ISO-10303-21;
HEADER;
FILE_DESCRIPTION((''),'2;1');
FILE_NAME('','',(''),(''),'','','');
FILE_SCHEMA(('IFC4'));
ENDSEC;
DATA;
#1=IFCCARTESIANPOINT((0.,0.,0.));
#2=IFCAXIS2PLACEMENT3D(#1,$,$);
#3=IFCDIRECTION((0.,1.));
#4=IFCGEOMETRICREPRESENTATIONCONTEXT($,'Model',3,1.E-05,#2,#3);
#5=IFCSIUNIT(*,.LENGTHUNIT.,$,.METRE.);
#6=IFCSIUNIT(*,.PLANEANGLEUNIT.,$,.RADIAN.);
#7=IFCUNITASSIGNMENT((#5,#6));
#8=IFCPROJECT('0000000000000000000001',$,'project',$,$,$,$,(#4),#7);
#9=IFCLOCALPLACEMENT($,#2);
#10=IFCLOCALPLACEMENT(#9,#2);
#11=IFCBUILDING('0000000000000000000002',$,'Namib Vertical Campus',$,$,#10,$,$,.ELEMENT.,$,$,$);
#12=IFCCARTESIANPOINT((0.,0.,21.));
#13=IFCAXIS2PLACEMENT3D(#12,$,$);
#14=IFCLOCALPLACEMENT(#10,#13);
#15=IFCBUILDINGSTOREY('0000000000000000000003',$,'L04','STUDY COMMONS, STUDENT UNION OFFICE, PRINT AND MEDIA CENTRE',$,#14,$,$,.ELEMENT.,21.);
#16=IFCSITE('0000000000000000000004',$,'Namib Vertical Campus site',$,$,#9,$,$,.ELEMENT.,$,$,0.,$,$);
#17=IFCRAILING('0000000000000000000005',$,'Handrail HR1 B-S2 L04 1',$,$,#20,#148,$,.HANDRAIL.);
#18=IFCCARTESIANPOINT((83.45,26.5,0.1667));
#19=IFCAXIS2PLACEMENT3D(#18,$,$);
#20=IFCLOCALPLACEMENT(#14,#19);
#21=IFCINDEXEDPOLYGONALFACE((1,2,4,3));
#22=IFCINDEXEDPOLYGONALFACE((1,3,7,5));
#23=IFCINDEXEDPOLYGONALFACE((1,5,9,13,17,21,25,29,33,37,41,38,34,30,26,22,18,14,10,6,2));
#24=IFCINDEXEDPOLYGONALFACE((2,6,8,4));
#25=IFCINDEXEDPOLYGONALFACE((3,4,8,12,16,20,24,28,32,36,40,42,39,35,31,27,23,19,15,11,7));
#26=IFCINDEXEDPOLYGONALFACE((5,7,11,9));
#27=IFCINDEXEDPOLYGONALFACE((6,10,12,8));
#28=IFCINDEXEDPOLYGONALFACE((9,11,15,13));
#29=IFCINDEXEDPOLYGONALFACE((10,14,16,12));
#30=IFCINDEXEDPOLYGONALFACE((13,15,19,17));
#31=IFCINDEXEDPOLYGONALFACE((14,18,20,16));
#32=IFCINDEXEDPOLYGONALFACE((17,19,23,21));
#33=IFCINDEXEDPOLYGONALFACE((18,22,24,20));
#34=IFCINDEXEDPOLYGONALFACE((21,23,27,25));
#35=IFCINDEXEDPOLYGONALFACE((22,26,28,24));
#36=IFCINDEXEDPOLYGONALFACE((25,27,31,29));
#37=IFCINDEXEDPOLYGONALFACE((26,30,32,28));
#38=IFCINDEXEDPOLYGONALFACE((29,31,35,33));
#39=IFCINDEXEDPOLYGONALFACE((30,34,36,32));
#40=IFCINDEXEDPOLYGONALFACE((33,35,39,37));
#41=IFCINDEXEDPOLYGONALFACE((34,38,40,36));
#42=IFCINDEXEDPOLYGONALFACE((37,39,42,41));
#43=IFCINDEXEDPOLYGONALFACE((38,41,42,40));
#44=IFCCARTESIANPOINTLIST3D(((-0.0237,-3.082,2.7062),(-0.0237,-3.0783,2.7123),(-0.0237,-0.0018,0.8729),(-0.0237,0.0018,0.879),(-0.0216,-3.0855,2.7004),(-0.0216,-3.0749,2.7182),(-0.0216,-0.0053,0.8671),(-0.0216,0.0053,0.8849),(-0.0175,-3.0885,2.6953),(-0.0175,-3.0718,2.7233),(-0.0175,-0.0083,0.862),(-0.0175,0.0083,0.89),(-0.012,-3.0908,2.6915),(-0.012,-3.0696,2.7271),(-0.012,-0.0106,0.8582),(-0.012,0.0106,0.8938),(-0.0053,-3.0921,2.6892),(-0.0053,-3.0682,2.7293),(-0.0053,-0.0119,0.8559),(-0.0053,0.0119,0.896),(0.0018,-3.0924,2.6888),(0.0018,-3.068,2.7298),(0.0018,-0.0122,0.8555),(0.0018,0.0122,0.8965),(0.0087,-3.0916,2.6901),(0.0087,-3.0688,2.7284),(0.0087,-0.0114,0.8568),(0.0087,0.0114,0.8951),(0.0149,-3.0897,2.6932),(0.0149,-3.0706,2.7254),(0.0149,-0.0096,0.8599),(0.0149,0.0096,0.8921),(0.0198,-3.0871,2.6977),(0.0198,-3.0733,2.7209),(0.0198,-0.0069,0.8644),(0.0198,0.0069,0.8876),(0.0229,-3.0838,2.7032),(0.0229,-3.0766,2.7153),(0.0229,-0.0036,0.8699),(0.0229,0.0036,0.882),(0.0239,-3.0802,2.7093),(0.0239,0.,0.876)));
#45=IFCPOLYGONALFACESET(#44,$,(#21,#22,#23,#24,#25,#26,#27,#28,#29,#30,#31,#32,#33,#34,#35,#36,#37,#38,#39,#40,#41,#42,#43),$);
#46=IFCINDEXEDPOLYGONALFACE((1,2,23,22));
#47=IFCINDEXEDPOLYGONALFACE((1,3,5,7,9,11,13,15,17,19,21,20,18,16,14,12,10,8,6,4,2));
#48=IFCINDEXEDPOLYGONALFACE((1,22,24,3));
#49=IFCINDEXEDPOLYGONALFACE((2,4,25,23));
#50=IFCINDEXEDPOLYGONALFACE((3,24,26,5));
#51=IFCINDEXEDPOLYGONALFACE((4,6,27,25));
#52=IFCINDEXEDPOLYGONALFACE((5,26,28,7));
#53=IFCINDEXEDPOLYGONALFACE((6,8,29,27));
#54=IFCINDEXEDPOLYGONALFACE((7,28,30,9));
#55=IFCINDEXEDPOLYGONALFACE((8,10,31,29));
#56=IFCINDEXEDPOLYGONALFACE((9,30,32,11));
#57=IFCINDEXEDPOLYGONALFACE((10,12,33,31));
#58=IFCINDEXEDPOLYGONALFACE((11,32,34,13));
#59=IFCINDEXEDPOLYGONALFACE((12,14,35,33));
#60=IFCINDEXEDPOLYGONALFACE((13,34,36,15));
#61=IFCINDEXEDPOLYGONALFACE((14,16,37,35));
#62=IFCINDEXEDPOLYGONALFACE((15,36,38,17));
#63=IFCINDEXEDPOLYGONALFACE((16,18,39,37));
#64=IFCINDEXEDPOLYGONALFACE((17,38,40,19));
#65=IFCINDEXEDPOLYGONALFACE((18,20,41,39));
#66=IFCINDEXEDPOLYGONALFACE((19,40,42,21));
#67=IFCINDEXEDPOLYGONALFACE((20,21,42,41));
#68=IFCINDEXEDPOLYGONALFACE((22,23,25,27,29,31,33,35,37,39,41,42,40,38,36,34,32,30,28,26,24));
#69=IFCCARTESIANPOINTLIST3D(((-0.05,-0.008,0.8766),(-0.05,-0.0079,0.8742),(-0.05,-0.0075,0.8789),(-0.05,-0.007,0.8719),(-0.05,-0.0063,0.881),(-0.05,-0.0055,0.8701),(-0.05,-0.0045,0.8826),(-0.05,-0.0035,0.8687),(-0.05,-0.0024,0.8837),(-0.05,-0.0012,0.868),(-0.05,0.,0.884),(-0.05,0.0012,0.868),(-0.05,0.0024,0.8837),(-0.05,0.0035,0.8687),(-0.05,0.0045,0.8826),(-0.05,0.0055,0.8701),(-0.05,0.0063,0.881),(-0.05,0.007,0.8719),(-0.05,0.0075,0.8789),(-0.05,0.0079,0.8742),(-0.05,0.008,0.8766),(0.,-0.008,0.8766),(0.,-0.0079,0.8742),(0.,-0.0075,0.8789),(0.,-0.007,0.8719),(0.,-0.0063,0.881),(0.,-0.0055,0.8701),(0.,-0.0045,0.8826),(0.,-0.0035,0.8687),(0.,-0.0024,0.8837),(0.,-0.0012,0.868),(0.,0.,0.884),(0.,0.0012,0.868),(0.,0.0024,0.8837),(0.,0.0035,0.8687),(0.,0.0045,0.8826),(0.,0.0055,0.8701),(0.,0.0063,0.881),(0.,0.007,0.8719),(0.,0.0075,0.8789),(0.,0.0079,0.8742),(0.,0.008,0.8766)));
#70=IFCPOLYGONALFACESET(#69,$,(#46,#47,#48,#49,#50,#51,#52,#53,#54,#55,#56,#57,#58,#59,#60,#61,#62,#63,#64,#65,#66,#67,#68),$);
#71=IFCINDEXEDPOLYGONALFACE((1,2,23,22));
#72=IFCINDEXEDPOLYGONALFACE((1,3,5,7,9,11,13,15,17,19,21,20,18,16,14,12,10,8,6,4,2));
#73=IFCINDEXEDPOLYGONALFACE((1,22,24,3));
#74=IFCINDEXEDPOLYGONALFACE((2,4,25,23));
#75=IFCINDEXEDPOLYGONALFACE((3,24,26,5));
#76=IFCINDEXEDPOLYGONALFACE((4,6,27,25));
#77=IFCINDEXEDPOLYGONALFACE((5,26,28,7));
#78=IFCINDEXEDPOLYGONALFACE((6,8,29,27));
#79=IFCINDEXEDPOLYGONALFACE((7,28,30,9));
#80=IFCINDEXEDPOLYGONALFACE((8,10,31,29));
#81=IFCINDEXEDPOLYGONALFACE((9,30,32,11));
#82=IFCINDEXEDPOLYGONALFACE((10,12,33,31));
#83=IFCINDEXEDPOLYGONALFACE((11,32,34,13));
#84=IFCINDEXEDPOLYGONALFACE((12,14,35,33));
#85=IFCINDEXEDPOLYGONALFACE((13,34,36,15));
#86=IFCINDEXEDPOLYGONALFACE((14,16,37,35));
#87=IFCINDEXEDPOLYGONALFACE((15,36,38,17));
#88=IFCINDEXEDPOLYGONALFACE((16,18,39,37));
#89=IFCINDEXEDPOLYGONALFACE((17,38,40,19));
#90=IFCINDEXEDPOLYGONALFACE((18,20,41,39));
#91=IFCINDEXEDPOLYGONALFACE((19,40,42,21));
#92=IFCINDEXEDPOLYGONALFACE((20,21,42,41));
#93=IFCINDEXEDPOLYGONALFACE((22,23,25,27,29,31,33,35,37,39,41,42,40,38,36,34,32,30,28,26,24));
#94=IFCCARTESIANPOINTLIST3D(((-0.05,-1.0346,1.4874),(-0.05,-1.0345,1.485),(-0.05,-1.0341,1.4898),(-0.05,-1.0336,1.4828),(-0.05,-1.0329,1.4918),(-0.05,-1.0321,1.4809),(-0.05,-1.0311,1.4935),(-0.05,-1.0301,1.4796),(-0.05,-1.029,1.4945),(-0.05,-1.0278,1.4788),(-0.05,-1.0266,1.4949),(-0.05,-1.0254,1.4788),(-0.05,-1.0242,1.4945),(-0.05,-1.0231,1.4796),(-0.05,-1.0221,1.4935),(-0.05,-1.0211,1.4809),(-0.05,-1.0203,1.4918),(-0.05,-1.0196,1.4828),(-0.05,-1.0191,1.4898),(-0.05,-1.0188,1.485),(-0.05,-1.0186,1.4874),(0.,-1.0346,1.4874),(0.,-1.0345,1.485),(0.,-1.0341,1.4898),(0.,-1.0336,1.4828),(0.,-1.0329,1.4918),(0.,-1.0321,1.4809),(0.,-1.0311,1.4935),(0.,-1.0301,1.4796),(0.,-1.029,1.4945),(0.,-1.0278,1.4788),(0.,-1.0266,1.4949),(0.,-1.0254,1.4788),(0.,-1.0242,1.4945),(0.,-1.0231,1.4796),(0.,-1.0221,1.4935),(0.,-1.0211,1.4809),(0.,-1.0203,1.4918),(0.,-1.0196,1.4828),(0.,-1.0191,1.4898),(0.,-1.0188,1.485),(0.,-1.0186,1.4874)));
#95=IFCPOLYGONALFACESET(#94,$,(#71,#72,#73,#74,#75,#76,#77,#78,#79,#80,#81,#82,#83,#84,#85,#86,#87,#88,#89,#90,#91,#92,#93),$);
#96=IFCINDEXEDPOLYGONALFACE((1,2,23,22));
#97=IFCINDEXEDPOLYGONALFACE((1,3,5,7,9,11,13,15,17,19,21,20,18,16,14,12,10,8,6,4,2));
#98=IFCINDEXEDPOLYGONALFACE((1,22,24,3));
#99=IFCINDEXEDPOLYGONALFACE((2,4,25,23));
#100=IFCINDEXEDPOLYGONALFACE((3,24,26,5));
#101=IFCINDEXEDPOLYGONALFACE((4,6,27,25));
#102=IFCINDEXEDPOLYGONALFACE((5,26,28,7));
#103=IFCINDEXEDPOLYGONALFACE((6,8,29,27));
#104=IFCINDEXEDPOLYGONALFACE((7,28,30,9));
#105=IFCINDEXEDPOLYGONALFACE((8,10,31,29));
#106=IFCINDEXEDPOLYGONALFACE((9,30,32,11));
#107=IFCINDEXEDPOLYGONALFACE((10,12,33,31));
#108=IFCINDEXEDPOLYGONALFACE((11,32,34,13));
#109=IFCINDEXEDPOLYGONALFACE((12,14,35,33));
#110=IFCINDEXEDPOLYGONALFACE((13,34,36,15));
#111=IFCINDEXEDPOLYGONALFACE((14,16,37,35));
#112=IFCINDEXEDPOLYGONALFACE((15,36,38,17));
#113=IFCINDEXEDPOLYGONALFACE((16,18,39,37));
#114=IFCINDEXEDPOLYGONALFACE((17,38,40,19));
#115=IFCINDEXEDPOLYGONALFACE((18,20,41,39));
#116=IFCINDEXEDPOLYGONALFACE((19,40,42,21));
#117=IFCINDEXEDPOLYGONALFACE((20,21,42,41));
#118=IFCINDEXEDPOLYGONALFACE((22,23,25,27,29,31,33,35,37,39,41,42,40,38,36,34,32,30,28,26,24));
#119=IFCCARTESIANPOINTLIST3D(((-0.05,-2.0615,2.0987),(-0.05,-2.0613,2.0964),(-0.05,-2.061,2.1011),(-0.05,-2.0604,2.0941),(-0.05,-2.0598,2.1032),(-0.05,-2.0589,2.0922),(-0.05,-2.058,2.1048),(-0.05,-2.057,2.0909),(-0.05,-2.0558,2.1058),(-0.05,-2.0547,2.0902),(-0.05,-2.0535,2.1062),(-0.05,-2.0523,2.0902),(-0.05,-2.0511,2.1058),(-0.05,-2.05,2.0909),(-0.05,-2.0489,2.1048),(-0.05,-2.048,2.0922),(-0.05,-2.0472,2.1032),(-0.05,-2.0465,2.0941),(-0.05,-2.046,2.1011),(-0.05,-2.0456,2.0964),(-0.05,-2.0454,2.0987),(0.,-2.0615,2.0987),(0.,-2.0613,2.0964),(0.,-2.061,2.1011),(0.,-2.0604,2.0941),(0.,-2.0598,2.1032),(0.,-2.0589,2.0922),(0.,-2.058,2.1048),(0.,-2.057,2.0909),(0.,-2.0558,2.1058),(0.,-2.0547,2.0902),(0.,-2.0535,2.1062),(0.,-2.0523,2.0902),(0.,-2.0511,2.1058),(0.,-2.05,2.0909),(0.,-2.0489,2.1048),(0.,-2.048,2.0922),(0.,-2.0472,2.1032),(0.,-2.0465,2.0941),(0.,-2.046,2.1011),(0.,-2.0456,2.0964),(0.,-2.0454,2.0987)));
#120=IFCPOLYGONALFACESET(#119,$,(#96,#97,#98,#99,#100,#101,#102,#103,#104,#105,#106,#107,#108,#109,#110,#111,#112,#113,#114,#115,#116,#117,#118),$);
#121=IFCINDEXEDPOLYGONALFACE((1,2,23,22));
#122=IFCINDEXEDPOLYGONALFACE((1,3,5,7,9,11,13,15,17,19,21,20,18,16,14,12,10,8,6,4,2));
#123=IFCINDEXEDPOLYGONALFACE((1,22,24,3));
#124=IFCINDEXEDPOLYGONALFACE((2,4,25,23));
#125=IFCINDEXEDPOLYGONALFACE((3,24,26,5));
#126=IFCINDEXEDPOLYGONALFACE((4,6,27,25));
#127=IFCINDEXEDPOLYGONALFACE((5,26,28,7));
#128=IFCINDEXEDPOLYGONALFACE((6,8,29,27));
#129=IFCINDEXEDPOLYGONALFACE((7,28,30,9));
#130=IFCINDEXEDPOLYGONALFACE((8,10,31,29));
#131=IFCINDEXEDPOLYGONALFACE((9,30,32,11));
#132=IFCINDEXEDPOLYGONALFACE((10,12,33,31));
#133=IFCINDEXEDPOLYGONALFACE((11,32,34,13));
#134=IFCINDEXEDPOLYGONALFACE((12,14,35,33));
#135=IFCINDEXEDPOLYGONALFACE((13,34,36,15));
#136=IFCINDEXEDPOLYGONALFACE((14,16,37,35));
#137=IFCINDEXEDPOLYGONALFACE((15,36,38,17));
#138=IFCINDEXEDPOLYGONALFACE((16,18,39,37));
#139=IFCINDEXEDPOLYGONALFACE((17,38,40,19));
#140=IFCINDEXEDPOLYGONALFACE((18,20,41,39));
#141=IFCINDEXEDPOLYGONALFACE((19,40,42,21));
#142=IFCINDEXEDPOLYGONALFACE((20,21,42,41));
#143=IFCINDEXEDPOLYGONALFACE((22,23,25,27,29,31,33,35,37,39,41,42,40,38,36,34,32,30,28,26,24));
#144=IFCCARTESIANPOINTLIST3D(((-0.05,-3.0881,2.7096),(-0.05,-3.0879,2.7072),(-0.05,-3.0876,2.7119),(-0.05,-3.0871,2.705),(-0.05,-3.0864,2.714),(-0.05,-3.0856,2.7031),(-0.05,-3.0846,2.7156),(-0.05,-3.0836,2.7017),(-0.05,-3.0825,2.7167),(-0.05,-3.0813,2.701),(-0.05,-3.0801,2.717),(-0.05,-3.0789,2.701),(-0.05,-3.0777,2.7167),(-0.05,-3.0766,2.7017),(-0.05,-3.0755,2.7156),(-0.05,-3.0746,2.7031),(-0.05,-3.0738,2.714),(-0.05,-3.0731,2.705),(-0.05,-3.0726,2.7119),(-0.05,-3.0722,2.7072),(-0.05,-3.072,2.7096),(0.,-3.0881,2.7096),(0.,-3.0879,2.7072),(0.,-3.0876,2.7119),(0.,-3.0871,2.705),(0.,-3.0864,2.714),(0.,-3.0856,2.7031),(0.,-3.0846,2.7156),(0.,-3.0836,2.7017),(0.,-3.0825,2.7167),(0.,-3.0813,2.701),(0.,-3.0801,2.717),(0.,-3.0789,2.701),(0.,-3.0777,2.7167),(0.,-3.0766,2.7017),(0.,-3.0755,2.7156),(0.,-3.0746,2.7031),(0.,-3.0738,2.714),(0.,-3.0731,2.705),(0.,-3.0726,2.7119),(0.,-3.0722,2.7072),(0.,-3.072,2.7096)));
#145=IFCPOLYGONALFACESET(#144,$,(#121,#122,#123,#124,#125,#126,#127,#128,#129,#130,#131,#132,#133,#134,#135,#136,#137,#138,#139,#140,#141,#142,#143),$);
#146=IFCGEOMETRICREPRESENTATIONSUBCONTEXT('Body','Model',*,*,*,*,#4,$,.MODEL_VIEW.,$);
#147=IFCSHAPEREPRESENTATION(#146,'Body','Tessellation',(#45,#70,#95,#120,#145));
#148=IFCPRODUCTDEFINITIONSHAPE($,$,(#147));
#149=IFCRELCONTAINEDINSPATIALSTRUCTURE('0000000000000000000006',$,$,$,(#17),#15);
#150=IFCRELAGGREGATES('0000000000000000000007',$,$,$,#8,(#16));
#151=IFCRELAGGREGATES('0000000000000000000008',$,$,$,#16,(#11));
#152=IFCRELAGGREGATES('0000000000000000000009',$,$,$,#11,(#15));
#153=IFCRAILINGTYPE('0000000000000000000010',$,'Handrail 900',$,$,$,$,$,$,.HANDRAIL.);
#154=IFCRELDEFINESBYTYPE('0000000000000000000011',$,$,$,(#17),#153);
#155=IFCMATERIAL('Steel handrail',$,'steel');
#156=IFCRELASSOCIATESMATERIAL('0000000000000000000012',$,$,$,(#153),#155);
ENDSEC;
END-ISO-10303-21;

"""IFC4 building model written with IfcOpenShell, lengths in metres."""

from ifc_helpers import new_model, si_unit, direction, frame, origin, origin_2d, place, context, subcontext, project, spatial, circle, extrude, material, type_object, element, save


model = new_model("IFC4")

# Units and contexts
model_context = context("Model", 3, precision=1e-05, world=origin(), true_north=direction((0.0, 1.0)))
body_context = subcontext(model_context, "Body", "Model", "MODEL_VIEW")
ifc_project = project(units=[si_unit("LENGTHUNIT", "METRE"), si_unit("PLANEANGLEUNIT", "RADIAN")], contexts=[model_context])

# Site, building, storey
site_placement = place(None, origin())
site = spatial("IfcSite", under=ifc_project, at=site_placement, Name="Namib Vertical Campus site", CompositionType="ELEMENT", RefElevation=0.0)
building_placement = place(site_placement, origin())
building = spatial("IfcBuilding", under=site, at=building_placement, Name="Namib Vertical Campus", CompositionType="ELEMENT")
storey_placement = place(building_placement, frame((0.0, 0.0, 21.0)))
storey = spatial("IfcBuildingStorey", under=building, at=storey_placement, Name="L04", Description="STUDY COMMONS, STUDENT UNION OFFICE, PRINT AND MEDIA CENTRE", CompositionType="ELEMENT", Elevation=21.0)

# Railing
ifc_material_1 = material(Name="Steel handrail", Category="steel")
railing_type_1 = type_object("IfcRailingType", Name="Handrail 900", PredefinedType="HANDRAIL", material=ifc_material_1)
railing_1_placement = place(storey_placement, frame((83.45, 26.5, 0.1667)))
element("IfcRailing", 1, at=railing_1_placement, inside=storey, type_object=railing_type_1, Name="Handrail HR1 B-S2 L04 1", PredefinedType="HANDRAIL", context=body_context, shape_type="SweptSolid", body=[
    extrude(circle(Radius=0.0239, at=origin_2d()), frame((0.0, 0.0, 0.876), z_axis=(0.0, -0.859309, 0.511458), x_axis=(1.0, 0.0, 0.0)), (0.0, 0.0, 1.0), 3.5845),
    extrude(circle(Radius=0.0081, at=origin_2d()), frame((0.0, 0.0, 0.876), z_axis=(-1.0, 0.0, 0.0), x_axis=(0.0, 0.0, 1.0)), (0.0, 0.0, 1.0), 0.05),
    extrude(circle(Radius=0.0081, at=origin_2d()), frame((0.0, -1.0266, 1.4868), z_axis=(-1.0, 0.0, 0.0), x_axis=(0.0, 0.0, 1.0)), (0.0, 0.0, 1.0), 0.05),
    extrude(circle(Radius=0.0081, at=origin_2d()), frame((0.0, -2.0535, 2.0981), z_axis=(-1.0, 0.0, 0.0), x_axis=(0.0, 0.0, 1.0)), (0.0, 0.0, 1.0), 0.05),
    extrude(circle(Radius=0.0081, at=origin_2d()), frame((0.0, -3.0801, 2.709), z_axis=(-1.0, 0.0, 0.0), x_axis=(0.0, 0.0, 1.0)), (0.0, 0.0, 1.0), 0.05),
])

save(model, "model.ifc")
